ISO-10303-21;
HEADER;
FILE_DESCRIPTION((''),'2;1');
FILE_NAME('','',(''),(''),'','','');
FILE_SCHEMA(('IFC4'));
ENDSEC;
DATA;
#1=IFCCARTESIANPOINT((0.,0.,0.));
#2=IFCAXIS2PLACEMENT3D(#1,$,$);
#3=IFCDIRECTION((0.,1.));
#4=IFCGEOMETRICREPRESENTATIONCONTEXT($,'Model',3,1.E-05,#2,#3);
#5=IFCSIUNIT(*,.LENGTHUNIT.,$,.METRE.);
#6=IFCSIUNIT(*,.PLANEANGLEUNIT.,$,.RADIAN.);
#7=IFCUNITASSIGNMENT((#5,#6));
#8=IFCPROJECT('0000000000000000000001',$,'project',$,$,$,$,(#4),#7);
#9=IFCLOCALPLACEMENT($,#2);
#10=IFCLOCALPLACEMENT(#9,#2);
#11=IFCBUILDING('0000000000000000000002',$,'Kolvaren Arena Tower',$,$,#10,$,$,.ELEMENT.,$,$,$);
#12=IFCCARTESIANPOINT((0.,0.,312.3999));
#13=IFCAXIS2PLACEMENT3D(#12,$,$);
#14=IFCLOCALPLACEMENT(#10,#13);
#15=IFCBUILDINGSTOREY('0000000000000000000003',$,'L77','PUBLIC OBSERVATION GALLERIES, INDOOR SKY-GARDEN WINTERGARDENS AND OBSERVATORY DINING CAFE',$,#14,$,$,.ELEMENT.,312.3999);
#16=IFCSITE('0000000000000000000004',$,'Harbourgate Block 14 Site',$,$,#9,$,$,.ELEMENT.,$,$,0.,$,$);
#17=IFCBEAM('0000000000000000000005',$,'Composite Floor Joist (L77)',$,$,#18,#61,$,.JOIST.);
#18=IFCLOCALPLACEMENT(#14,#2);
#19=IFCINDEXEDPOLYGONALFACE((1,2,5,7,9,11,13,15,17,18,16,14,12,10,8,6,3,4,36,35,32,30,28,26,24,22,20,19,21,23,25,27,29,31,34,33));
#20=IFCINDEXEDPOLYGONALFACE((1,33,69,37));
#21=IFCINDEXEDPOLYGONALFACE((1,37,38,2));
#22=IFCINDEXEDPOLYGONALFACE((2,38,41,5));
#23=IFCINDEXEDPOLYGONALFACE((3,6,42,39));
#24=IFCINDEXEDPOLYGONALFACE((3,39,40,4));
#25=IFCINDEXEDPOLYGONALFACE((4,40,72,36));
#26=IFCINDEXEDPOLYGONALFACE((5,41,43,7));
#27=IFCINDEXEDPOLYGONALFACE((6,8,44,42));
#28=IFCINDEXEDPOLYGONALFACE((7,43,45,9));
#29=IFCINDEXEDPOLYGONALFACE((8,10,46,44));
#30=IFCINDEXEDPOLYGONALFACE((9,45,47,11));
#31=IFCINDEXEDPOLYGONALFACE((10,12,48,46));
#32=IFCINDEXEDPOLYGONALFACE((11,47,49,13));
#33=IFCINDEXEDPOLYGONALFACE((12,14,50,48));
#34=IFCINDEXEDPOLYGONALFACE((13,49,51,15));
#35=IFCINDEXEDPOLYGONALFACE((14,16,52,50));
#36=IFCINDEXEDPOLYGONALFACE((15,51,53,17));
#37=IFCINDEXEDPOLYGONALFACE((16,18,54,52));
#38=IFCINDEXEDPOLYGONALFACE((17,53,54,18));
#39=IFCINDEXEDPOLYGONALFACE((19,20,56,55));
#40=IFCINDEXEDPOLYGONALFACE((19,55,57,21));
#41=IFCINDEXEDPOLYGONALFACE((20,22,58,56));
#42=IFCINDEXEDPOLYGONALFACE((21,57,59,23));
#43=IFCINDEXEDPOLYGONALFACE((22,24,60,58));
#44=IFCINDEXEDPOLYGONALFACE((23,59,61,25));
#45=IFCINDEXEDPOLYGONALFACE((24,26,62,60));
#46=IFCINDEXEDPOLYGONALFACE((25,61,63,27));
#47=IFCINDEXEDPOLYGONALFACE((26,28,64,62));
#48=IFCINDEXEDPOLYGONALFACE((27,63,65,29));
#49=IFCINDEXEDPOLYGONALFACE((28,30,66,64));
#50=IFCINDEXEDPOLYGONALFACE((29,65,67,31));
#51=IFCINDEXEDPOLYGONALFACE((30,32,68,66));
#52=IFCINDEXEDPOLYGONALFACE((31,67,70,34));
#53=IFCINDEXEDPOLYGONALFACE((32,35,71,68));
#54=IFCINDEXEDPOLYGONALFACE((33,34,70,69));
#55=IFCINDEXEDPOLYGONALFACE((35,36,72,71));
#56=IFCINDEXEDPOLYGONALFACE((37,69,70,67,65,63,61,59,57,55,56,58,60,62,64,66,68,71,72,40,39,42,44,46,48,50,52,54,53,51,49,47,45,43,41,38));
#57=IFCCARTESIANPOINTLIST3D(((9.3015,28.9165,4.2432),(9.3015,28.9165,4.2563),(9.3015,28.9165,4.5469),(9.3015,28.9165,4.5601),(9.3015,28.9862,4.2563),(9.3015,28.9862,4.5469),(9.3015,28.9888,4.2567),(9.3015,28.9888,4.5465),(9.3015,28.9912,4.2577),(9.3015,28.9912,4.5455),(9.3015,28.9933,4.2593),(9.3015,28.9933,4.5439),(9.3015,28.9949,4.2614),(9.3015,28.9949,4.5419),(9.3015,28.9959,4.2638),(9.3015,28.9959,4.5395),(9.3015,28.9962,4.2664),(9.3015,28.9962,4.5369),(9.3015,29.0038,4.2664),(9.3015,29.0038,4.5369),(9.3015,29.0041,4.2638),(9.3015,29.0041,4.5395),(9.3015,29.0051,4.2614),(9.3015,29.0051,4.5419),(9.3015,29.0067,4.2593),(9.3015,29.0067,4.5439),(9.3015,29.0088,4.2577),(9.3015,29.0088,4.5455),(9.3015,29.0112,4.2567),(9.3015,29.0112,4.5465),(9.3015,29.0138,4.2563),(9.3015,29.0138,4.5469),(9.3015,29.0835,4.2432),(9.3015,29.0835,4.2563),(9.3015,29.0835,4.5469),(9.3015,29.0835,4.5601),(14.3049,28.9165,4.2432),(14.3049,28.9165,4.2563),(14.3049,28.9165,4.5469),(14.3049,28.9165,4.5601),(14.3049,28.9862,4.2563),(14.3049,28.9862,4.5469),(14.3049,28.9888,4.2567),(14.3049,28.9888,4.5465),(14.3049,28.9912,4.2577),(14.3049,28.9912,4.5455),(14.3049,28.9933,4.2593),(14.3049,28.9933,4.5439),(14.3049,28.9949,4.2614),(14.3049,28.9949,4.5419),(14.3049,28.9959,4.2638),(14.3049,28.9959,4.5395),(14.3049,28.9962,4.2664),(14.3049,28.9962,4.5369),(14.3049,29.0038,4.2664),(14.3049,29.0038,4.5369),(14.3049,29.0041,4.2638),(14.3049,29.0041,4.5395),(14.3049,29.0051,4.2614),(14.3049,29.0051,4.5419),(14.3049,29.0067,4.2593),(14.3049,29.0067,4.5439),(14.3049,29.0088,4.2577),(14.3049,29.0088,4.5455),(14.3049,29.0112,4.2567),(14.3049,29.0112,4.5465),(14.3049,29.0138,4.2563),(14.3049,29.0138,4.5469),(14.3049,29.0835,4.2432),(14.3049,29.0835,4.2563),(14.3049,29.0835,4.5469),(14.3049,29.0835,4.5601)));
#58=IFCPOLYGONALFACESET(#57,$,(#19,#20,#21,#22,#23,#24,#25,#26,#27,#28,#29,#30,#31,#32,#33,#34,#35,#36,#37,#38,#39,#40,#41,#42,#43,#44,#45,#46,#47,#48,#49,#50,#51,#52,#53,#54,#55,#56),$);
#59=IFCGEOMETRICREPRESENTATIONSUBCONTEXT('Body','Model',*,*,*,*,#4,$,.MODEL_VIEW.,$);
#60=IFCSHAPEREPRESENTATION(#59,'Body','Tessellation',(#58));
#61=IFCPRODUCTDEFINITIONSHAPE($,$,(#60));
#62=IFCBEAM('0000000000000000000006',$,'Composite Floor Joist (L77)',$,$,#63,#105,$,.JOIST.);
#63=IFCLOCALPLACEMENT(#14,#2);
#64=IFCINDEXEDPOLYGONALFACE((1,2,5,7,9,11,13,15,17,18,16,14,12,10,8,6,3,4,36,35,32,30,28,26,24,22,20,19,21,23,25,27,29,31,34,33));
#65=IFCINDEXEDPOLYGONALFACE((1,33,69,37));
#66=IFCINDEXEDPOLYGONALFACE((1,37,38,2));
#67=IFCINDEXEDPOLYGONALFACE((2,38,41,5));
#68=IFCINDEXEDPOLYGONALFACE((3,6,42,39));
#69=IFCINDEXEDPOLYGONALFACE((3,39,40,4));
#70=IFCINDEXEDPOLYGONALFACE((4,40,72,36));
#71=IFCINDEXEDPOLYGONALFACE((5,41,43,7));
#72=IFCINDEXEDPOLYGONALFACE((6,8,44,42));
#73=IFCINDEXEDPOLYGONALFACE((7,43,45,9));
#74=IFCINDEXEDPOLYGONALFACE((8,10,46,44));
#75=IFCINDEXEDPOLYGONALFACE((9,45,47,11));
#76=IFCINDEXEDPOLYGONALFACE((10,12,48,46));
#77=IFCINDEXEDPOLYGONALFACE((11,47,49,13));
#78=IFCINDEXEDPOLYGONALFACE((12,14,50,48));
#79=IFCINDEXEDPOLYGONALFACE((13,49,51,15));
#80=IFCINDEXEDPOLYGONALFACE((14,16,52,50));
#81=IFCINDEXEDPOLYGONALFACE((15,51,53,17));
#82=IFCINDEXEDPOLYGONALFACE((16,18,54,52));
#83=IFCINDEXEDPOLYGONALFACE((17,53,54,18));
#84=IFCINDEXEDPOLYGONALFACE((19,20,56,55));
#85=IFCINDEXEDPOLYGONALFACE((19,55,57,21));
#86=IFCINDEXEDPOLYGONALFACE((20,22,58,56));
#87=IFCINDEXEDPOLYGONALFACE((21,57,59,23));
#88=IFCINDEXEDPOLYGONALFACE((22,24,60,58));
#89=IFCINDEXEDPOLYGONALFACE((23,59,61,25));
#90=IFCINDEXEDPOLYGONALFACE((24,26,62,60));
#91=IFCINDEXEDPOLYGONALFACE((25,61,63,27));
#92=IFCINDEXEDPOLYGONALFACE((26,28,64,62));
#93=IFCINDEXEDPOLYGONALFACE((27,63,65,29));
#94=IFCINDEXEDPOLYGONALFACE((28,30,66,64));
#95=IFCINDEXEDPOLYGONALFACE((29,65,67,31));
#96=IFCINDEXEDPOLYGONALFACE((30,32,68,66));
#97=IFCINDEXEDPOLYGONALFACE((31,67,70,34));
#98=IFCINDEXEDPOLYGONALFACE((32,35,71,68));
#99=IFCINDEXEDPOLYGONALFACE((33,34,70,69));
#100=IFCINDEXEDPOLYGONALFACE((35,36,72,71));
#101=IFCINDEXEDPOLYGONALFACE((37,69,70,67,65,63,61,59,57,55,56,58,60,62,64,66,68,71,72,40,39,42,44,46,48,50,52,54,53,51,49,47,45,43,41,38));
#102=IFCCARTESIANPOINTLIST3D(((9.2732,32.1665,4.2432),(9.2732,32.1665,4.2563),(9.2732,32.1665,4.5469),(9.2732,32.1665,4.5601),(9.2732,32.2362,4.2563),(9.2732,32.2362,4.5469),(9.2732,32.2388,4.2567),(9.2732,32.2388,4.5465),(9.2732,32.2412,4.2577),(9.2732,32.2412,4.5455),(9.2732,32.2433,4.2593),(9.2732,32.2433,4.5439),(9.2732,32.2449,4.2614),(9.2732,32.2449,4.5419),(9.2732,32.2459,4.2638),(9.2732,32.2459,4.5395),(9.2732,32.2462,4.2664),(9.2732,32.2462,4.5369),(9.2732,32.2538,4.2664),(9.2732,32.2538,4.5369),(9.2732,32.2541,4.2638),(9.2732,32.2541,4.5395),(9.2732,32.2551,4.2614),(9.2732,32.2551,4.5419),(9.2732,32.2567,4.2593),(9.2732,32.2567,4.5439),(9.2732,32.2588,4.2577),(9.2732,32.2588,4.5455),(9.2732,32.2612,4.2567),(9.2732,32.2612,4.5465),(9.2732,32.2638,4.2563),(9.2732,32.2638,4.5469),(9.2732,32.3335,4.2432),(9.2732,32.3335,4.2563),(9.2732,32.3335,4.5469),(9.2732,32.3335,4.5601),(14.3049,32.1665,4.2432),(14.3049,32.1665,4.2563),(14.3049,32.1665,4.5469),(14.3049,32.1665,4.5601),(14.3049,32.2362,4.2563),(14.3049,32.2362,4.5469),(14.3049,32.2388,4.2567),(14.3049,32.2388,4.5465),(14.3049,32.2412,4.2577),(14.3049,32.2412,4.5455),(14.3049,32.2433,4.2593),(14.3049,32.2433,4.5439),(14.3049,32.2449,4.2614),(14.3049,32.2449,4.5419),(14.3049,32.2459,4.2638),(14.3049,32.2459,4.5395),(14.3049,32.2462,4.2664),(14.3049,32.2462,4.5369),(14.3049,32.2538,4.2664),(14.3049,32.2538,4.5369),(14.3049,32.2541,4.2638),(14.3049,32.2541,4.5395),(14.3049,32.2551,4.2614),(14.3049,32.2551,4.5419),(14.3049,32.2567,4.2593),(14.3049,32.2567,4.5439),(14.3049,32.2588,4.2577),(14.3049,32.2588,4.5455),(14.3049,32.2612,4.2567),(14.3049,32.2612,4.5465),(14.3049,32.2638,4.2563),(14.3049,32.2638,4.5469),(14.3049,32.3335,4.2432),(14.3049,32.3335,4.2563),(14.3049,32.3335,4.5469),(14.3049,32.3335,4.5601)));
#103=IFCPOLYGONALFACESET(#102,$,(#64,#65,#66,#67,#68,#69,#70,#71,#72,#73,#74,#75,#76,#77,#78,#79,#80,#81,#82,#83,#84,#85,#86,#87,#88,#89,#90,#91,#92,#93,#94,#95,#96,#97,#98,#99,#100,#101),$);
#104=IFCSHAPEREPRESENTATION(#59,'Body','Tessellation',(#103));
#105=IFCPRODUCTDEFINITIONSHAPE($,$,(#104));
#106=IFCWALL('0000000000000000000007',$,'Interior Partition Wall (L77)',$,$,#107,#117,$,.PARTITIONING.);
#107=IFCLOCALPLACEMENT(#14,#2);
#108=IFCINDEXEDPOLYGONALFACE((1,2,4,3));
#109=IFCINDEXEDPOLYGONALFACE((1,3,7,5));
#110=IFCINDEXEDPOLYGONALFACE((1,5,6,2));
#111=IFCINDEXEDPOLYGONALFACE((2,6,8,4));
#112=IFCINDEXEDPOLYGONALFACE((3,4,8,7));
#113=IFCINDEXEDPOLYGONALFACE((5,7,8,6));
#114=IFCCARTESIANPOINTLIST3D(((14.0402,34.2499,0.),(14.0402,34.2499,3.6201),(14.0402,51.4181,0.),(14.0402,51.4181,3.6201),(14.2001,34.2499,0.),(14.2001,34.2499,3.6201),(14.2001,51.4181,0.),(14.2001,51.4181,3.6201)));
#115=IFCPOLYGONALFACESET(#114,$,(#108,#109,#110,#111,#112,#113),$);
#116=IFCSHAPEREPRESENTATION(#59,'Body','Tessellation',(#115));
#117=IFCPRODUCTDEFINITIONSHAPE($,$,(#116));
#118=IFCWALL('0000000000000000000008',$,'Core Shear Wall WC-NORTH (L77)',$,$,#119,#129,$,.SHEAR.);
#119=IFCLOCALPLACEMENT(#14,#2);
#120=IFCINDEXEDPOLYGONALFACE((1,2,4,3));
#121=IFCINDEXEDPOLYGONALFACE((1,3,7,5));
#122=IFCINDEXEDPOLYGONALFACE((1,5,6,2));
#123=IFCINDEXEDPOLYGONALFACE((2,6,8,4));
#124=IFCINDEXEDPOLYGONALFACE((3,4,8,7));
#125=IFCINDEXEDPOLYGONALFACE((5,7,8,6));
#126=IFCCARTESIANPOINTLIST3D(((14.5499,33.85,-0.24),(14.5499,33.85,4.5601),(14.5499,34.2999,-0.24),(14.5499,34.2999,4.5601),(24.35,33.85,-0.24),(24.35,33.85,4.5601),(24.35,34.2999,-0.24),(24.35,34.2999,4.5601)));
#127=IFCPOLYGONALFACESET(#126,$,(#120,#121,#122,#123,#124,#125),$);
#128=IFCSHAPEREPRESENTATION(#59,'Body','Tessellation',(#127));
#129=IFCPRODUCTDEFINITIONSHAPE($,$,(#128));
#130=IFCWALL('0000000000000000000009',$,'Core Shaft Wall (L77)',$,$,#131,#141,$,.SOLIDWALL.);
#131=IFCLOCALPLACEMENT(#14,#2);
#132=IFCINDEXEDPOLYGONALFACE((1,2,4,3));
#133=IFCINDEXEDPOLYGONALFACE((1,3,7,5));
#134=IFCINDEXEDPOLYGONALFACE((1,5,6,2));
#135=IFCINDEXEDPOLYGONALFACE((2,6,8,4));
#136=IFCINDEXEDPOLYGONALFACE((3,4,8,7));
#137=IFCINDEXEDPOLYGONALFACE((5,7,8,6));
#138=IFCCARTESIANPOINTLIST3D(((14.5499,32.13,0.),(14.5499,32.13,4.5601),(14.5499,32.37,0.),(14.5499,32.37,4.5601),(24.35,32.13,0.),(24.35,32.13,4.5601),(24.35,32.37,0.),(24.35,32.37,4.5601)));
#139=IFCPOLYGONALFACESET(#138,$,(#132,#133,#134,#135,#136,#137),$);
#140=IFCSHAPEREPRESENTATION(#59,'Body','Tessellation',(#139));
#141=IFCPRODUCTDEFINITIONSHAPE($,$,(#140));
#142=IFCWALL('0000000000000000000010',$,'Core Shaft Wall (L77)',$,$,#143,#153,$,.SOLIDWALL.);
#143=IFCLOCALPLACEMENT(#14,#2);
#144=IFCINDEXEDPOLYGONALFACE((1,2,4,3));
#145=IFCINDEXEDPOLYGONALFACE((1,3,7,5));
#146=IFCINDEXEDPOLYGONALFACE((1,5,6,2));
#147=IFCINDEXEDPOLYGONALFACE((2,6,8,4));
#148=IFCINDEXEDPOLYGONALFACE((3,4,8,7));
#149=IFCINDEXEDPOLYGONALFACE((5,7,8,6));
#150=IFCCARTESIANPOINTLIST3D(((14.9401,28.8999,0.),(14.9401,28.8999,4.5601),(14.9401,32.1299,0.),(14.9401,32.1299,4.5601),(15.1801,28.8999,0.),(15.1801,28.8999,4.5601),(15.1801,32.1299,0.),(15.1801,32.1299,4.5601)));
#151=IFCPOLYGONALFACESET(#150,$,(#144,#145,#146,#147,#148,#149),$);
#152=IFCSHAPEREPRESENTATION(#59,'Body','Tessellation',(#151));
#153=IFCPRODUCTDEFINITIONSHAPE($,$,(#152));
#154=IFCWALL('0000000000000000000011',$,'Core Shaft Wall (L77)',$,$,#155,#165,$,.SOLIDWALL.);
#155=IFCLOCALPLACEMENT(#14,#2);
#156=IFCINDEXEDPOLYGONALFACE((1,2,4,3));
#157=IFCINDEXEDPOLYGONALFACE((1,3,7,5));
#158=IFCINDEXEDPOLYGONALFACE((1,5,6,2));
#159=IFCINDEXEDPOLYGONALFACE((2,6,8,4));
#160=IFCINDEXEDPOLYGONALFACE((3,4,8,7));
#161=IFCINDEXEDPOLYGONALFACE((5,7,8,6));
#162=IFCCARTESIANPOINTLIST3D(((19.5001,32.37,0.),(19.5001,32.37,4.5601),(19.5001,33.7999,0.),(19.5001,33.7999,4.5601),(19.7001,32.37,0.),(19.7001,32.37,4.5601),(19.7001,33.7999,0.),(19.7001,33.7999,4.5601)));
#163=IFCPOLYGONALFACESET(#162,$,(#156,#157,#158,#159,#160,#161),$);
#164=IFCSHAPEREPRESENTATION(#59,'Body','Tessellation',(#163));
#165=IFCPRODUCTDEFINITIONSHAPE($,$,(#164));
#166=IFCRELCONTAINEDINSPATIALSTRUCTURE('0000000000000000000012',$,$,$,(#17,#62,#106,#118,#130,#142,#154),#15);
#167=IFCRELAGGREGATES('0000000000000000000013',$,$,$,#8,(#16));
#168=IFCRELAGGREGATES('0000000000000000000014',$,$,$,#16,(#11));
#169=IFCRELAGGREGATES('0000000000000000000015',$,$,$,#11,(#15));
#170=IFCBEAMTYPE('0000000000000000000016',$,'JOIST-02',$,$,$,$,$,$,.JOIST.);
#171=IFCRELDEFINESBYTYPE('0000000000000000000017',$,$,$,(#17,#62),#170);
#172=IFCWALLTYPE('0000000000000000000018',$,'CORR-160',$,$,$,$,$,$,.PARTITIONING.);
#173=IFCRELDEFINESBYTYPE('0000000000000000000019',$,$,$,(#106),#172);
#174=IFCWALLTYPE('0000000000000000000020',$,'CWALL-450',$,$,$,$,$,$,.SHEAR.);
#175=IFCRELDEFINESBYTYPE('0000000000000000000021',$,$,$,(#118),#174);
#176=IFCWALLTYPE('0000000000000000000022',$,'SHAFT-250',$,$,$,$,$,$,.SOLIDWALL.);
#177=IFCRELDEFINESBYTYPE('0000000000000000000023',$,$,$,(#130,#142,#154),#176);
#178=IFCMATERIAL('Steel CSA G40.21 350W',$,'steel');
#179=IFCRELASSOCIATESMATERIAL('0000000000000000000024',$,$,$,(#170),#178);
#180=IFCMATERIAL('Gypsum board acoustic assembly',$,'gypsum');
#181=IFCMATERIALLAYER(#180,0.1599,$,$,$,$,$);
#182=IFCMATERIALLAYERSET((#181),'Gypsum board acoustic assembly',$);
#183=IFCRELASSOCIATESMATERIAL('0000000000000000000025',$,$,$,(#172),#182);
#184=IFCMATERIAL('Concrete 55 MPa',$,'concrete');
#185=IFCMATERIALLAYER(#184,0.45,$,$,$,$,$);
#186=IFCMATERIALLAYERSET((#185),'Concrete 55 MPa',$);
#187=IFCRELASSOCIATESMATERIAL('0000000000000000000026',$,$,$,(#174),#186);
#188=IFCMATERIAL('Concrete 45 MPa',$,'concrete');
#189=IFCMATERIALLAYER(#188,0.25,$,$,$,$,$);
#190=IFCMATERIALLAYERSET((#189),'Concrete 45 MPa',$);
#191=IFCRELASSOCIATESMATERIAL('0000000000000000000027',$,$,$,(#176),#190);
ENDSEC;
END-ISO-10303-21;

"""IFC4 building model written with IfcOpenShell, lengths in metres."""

from ifc_helpers import new_model, si_unit, direction, frame, frame_2d, origin, origin_2d, place, context, subcontext, project, spatial, rectangle, i_section, extrude, material, layer, layer_set, material_profile, profile_set, type_object, element, save


model = new_model("IFC4")

# Units and contexts
model_context = context("Model", 3, precision=1e-05, world=origin(), true_north=direction((0.0, 1.0)))
body_context = subcontext(model_context, "Body", "Model", "MODEL_VIEW")
ifc_project = project(units=[si_unit("LENGTHUNIT", "METRE"), si_unit("PLANEANGLEUNIT", "RADIAN")], contexts=[model_context])

# Site, building, storey
site_placement = place(None, origin())
site = spatial("IfcSite", under=ifc_project, at=site_placement, Name="Harbourgate Block 14 Site", CompositionType="ELEMENT", RefElevation=0.0)
building_placement = place(site_placement, origin())
building = spatial("IfcBuilding", under=site, at=building_placement, Name="Kolvaren Arena Tower", CompositionType="ELEMENT")
storey_placement = place(building_placement, frame((0.0, 0.0, 312.3999)))
storey = spatial("IfcBuildingStorey", under=building, at=storey_placement, Name="L77", Description="PUBLIC OBSERVATION GALLERIES, INDOOR SKY-GARDEN WINTERGARDENS AND OBSERVATORY DINING CAFE", CompositionType="ELEMENT", Elevation=312.3999)

# Beams
ifc_material_1 = material(Name="Steel CSA G40.21 350W", Category="steel")
ifc_material_profile_1 = material_profile(ifc_material_1, i_section(OverallWidth=0.167, OverallDepth=0.3169, WebThickness=0.0076, FlangeThickness=0.0132, FilletRadius=0.01, at=origin_2d()), Name="W310x52")
ifc_profile_set_1 = profile_set([ifc_material_profile_1], Name="Steel CSA G40.21 350W")
beam_type_1 = type_object("IfcBeamType", Name="JOIST-02", PredefinedType="JOIST", material=ifc_profile_set_1)
beam_1_placement = place(storey_placement, frame((9.3015, 29.0, 4.4016), z_axis=(1.0, 0.0, 0.0), x_axis=(0.0, 1.0, 0.0)))
element("IfcBeam", 1, at=beam_1_placement, inside=storey, type_object=beam_type_1, Name="Composite Floor Joist (L77)", PredefinedType="JOIST", context=body_context, shape_type="SweptSolid", body=[
    extrude(i_section(OverallWidth=0.167, OverallDepth=0.3169, WebThickness=0.0076, FlangeThickness=0.0132, FilletRadius=0.01, at=origin_2d()), origin(), (0.0, 0.0, 1.0), 5.0034),
])
beam_2_placement = place(storey_placement, frame((9.2732, 32.25, 4.4016), z_axis=(1.0, 0.0, 0.0), x_axis=(0.0, 1.0, 0.0)))
element("IfcBeam", 2, at=beam_2_placement, inside=storey, type_object=beam_type_1, Name="Composite Floor Joist (L77)", PredefinedType="JOIST", context=body_context, shape_type="SweptSolid", body=[
    extrude(i_section(OverallWidth=0.167, OverallDepth=0.3169, WebThickness=0.0076, FlangeThickness=0.0132, FilletRadius=0.01, at=origin_2d()), origin(), (0.0, 0.0, 1.0), 5.0317),
])

# Walls
ifc_material_2 = material(Name="Gypsum board acoustic assembly", Category="gypsum")
ifc_layer_1 = layer(ifc_material_2, 0.1599)
ifc_layer_set_1 = layer_set([ifc_layer_1], Name="Gypsum board acoustic assembly")
wall_type_1 = type_object("IfcWallType", Name="CORR-160", PredefinedType="PARTITIONING", material=ifc_layer_set_1)
wall_1_placement = place(storey_placement, frame((14.1201, 34.25, 0.0), z_axis=(0.0, 0.0, 1.0), x_axis=(0.0, 1.0, 0.0)))
element("IfcWall", 3, at=wall_1_placement, inside=storey, type_object=wall_type_1, Name="Interior Partition Wall (L77)", PredefinedType="PARTITIONING", context=body_context, shape_type="SweptSolid", body=[
    extrude(rectangle(XDim=17.1682, YDim=0.1599, at=frame_2d((8.584, 0.0))), origin(), (0.0, 0.0, 1.0), 3.6201),
])
ifc_material_3 = material(Name="Concrete 55 MPa", Category="concrete")
ifc_layer_2 = layer(ifc_material_3, 0.45)
ifc_layer_set_2 = layer_set([ifc_layer_2], Name="Concrete 55 MPa")
wall_type_2 = type_object("IfcWallType", Name="CWALL-450", PredefinedType="SHEAR", material=ifc_layer_set_2)
wall_2_placement = place(storey_placement, frame((14.55, 34.075, -0.24), z_axis=(0.0, 0.0, 1.0), x_axis=(1.0, 0.0, 0.0)))
element("IfcWall", 4, at=wall_2_placement, inside=storey, type_object=wall_type_2, Name="Core Shear Wall WC-NORTH (L77)", PredefinedType="SHEAR", context=body_context, shape_type="SweptSolid", body=[
    extrude(rectangle(XDim=9.8, YDim=0.45, at=frame_2d((4.8999, 0.0))), origin(), (0.0, 0.0, 1.0), 4.8),
])
ifc_material_4 = material(Name="Concrete 45 MPa", Category="concrete")
ifc_layer_3 = layer(ifc_material_4, 0.25)
ifc_layer_set_3 = layer_set([ifc_layer_3], Name="Concrete 45 MPa")
wall_type_3 = type_object("IfcWallType", Name="SHAFT-250", PredefinedType="SOLIDWALL", material=ifc_layer_set_3)
wall_3_placement = place(storey_placement, frame((14.55, 32.25, 0.0), z_axis=(0.0, 0.0, 1.0), x_axis=(1.0, 0.0, 0.0)))
element("IfcWall", 5, at=wall_3_placement, inside=storey, type_object=wall_type_3, Name="Core Shaft Wall (L77)", PredefinedType="SOLIDWALL", context=body_context, shape_type="SweptSolid", body=[
    extrude(rectangle(XDim=9.8, YDim=0.24, at=frame_2d((4.8999, 0.0))), origin(), (0.0, 0.0, 1.0), 4.5601),
])
wall_4_placement = place(storey_placement, frame((15.0601, 28.8999, 0.0), z_axis=(0.0, 0.0, 1.0), x_axis=(0.0, 1.0, 0.0)))
element("IfcWall", 6, at=wall_4_placement, inside=storey, type_object=wall_type_3, Name="Core Shaft Wall (L77)", PredefinedType="SOLIDWALL", context=body_context, shape_type="SweptSolid", body=[
    extrude(rectangle(XDim=3.23, YDim=0.24, at=frame_2d((1.615, 0.0))), origin(), (0.0, 0.0, 1.0), 4.5601),
])
wall_5_placement = place(storey_placement, frame((19.6001, 32.3701, 0.0), z_axis=(0.0, 0.0, 1.0), x_axis=(0.0, 1.0, 0.0)))
element("IfcWall", 7, at=wall_5_placement, inside=storey, type_object=wall_type_3, Name="Core Shaft Wall (L77)", PredefinedType="SOLIDWALL", context=body_context, shape_type="SweptSolid", body=[
    extrude(rectangle(XDim=1.4299, YDim=0.2, at=frame_2d((0.7148, 0.0))), origin(), (0.0, 0.0, 1.0), 4.5601),
])

save(model, "model.ifc")
